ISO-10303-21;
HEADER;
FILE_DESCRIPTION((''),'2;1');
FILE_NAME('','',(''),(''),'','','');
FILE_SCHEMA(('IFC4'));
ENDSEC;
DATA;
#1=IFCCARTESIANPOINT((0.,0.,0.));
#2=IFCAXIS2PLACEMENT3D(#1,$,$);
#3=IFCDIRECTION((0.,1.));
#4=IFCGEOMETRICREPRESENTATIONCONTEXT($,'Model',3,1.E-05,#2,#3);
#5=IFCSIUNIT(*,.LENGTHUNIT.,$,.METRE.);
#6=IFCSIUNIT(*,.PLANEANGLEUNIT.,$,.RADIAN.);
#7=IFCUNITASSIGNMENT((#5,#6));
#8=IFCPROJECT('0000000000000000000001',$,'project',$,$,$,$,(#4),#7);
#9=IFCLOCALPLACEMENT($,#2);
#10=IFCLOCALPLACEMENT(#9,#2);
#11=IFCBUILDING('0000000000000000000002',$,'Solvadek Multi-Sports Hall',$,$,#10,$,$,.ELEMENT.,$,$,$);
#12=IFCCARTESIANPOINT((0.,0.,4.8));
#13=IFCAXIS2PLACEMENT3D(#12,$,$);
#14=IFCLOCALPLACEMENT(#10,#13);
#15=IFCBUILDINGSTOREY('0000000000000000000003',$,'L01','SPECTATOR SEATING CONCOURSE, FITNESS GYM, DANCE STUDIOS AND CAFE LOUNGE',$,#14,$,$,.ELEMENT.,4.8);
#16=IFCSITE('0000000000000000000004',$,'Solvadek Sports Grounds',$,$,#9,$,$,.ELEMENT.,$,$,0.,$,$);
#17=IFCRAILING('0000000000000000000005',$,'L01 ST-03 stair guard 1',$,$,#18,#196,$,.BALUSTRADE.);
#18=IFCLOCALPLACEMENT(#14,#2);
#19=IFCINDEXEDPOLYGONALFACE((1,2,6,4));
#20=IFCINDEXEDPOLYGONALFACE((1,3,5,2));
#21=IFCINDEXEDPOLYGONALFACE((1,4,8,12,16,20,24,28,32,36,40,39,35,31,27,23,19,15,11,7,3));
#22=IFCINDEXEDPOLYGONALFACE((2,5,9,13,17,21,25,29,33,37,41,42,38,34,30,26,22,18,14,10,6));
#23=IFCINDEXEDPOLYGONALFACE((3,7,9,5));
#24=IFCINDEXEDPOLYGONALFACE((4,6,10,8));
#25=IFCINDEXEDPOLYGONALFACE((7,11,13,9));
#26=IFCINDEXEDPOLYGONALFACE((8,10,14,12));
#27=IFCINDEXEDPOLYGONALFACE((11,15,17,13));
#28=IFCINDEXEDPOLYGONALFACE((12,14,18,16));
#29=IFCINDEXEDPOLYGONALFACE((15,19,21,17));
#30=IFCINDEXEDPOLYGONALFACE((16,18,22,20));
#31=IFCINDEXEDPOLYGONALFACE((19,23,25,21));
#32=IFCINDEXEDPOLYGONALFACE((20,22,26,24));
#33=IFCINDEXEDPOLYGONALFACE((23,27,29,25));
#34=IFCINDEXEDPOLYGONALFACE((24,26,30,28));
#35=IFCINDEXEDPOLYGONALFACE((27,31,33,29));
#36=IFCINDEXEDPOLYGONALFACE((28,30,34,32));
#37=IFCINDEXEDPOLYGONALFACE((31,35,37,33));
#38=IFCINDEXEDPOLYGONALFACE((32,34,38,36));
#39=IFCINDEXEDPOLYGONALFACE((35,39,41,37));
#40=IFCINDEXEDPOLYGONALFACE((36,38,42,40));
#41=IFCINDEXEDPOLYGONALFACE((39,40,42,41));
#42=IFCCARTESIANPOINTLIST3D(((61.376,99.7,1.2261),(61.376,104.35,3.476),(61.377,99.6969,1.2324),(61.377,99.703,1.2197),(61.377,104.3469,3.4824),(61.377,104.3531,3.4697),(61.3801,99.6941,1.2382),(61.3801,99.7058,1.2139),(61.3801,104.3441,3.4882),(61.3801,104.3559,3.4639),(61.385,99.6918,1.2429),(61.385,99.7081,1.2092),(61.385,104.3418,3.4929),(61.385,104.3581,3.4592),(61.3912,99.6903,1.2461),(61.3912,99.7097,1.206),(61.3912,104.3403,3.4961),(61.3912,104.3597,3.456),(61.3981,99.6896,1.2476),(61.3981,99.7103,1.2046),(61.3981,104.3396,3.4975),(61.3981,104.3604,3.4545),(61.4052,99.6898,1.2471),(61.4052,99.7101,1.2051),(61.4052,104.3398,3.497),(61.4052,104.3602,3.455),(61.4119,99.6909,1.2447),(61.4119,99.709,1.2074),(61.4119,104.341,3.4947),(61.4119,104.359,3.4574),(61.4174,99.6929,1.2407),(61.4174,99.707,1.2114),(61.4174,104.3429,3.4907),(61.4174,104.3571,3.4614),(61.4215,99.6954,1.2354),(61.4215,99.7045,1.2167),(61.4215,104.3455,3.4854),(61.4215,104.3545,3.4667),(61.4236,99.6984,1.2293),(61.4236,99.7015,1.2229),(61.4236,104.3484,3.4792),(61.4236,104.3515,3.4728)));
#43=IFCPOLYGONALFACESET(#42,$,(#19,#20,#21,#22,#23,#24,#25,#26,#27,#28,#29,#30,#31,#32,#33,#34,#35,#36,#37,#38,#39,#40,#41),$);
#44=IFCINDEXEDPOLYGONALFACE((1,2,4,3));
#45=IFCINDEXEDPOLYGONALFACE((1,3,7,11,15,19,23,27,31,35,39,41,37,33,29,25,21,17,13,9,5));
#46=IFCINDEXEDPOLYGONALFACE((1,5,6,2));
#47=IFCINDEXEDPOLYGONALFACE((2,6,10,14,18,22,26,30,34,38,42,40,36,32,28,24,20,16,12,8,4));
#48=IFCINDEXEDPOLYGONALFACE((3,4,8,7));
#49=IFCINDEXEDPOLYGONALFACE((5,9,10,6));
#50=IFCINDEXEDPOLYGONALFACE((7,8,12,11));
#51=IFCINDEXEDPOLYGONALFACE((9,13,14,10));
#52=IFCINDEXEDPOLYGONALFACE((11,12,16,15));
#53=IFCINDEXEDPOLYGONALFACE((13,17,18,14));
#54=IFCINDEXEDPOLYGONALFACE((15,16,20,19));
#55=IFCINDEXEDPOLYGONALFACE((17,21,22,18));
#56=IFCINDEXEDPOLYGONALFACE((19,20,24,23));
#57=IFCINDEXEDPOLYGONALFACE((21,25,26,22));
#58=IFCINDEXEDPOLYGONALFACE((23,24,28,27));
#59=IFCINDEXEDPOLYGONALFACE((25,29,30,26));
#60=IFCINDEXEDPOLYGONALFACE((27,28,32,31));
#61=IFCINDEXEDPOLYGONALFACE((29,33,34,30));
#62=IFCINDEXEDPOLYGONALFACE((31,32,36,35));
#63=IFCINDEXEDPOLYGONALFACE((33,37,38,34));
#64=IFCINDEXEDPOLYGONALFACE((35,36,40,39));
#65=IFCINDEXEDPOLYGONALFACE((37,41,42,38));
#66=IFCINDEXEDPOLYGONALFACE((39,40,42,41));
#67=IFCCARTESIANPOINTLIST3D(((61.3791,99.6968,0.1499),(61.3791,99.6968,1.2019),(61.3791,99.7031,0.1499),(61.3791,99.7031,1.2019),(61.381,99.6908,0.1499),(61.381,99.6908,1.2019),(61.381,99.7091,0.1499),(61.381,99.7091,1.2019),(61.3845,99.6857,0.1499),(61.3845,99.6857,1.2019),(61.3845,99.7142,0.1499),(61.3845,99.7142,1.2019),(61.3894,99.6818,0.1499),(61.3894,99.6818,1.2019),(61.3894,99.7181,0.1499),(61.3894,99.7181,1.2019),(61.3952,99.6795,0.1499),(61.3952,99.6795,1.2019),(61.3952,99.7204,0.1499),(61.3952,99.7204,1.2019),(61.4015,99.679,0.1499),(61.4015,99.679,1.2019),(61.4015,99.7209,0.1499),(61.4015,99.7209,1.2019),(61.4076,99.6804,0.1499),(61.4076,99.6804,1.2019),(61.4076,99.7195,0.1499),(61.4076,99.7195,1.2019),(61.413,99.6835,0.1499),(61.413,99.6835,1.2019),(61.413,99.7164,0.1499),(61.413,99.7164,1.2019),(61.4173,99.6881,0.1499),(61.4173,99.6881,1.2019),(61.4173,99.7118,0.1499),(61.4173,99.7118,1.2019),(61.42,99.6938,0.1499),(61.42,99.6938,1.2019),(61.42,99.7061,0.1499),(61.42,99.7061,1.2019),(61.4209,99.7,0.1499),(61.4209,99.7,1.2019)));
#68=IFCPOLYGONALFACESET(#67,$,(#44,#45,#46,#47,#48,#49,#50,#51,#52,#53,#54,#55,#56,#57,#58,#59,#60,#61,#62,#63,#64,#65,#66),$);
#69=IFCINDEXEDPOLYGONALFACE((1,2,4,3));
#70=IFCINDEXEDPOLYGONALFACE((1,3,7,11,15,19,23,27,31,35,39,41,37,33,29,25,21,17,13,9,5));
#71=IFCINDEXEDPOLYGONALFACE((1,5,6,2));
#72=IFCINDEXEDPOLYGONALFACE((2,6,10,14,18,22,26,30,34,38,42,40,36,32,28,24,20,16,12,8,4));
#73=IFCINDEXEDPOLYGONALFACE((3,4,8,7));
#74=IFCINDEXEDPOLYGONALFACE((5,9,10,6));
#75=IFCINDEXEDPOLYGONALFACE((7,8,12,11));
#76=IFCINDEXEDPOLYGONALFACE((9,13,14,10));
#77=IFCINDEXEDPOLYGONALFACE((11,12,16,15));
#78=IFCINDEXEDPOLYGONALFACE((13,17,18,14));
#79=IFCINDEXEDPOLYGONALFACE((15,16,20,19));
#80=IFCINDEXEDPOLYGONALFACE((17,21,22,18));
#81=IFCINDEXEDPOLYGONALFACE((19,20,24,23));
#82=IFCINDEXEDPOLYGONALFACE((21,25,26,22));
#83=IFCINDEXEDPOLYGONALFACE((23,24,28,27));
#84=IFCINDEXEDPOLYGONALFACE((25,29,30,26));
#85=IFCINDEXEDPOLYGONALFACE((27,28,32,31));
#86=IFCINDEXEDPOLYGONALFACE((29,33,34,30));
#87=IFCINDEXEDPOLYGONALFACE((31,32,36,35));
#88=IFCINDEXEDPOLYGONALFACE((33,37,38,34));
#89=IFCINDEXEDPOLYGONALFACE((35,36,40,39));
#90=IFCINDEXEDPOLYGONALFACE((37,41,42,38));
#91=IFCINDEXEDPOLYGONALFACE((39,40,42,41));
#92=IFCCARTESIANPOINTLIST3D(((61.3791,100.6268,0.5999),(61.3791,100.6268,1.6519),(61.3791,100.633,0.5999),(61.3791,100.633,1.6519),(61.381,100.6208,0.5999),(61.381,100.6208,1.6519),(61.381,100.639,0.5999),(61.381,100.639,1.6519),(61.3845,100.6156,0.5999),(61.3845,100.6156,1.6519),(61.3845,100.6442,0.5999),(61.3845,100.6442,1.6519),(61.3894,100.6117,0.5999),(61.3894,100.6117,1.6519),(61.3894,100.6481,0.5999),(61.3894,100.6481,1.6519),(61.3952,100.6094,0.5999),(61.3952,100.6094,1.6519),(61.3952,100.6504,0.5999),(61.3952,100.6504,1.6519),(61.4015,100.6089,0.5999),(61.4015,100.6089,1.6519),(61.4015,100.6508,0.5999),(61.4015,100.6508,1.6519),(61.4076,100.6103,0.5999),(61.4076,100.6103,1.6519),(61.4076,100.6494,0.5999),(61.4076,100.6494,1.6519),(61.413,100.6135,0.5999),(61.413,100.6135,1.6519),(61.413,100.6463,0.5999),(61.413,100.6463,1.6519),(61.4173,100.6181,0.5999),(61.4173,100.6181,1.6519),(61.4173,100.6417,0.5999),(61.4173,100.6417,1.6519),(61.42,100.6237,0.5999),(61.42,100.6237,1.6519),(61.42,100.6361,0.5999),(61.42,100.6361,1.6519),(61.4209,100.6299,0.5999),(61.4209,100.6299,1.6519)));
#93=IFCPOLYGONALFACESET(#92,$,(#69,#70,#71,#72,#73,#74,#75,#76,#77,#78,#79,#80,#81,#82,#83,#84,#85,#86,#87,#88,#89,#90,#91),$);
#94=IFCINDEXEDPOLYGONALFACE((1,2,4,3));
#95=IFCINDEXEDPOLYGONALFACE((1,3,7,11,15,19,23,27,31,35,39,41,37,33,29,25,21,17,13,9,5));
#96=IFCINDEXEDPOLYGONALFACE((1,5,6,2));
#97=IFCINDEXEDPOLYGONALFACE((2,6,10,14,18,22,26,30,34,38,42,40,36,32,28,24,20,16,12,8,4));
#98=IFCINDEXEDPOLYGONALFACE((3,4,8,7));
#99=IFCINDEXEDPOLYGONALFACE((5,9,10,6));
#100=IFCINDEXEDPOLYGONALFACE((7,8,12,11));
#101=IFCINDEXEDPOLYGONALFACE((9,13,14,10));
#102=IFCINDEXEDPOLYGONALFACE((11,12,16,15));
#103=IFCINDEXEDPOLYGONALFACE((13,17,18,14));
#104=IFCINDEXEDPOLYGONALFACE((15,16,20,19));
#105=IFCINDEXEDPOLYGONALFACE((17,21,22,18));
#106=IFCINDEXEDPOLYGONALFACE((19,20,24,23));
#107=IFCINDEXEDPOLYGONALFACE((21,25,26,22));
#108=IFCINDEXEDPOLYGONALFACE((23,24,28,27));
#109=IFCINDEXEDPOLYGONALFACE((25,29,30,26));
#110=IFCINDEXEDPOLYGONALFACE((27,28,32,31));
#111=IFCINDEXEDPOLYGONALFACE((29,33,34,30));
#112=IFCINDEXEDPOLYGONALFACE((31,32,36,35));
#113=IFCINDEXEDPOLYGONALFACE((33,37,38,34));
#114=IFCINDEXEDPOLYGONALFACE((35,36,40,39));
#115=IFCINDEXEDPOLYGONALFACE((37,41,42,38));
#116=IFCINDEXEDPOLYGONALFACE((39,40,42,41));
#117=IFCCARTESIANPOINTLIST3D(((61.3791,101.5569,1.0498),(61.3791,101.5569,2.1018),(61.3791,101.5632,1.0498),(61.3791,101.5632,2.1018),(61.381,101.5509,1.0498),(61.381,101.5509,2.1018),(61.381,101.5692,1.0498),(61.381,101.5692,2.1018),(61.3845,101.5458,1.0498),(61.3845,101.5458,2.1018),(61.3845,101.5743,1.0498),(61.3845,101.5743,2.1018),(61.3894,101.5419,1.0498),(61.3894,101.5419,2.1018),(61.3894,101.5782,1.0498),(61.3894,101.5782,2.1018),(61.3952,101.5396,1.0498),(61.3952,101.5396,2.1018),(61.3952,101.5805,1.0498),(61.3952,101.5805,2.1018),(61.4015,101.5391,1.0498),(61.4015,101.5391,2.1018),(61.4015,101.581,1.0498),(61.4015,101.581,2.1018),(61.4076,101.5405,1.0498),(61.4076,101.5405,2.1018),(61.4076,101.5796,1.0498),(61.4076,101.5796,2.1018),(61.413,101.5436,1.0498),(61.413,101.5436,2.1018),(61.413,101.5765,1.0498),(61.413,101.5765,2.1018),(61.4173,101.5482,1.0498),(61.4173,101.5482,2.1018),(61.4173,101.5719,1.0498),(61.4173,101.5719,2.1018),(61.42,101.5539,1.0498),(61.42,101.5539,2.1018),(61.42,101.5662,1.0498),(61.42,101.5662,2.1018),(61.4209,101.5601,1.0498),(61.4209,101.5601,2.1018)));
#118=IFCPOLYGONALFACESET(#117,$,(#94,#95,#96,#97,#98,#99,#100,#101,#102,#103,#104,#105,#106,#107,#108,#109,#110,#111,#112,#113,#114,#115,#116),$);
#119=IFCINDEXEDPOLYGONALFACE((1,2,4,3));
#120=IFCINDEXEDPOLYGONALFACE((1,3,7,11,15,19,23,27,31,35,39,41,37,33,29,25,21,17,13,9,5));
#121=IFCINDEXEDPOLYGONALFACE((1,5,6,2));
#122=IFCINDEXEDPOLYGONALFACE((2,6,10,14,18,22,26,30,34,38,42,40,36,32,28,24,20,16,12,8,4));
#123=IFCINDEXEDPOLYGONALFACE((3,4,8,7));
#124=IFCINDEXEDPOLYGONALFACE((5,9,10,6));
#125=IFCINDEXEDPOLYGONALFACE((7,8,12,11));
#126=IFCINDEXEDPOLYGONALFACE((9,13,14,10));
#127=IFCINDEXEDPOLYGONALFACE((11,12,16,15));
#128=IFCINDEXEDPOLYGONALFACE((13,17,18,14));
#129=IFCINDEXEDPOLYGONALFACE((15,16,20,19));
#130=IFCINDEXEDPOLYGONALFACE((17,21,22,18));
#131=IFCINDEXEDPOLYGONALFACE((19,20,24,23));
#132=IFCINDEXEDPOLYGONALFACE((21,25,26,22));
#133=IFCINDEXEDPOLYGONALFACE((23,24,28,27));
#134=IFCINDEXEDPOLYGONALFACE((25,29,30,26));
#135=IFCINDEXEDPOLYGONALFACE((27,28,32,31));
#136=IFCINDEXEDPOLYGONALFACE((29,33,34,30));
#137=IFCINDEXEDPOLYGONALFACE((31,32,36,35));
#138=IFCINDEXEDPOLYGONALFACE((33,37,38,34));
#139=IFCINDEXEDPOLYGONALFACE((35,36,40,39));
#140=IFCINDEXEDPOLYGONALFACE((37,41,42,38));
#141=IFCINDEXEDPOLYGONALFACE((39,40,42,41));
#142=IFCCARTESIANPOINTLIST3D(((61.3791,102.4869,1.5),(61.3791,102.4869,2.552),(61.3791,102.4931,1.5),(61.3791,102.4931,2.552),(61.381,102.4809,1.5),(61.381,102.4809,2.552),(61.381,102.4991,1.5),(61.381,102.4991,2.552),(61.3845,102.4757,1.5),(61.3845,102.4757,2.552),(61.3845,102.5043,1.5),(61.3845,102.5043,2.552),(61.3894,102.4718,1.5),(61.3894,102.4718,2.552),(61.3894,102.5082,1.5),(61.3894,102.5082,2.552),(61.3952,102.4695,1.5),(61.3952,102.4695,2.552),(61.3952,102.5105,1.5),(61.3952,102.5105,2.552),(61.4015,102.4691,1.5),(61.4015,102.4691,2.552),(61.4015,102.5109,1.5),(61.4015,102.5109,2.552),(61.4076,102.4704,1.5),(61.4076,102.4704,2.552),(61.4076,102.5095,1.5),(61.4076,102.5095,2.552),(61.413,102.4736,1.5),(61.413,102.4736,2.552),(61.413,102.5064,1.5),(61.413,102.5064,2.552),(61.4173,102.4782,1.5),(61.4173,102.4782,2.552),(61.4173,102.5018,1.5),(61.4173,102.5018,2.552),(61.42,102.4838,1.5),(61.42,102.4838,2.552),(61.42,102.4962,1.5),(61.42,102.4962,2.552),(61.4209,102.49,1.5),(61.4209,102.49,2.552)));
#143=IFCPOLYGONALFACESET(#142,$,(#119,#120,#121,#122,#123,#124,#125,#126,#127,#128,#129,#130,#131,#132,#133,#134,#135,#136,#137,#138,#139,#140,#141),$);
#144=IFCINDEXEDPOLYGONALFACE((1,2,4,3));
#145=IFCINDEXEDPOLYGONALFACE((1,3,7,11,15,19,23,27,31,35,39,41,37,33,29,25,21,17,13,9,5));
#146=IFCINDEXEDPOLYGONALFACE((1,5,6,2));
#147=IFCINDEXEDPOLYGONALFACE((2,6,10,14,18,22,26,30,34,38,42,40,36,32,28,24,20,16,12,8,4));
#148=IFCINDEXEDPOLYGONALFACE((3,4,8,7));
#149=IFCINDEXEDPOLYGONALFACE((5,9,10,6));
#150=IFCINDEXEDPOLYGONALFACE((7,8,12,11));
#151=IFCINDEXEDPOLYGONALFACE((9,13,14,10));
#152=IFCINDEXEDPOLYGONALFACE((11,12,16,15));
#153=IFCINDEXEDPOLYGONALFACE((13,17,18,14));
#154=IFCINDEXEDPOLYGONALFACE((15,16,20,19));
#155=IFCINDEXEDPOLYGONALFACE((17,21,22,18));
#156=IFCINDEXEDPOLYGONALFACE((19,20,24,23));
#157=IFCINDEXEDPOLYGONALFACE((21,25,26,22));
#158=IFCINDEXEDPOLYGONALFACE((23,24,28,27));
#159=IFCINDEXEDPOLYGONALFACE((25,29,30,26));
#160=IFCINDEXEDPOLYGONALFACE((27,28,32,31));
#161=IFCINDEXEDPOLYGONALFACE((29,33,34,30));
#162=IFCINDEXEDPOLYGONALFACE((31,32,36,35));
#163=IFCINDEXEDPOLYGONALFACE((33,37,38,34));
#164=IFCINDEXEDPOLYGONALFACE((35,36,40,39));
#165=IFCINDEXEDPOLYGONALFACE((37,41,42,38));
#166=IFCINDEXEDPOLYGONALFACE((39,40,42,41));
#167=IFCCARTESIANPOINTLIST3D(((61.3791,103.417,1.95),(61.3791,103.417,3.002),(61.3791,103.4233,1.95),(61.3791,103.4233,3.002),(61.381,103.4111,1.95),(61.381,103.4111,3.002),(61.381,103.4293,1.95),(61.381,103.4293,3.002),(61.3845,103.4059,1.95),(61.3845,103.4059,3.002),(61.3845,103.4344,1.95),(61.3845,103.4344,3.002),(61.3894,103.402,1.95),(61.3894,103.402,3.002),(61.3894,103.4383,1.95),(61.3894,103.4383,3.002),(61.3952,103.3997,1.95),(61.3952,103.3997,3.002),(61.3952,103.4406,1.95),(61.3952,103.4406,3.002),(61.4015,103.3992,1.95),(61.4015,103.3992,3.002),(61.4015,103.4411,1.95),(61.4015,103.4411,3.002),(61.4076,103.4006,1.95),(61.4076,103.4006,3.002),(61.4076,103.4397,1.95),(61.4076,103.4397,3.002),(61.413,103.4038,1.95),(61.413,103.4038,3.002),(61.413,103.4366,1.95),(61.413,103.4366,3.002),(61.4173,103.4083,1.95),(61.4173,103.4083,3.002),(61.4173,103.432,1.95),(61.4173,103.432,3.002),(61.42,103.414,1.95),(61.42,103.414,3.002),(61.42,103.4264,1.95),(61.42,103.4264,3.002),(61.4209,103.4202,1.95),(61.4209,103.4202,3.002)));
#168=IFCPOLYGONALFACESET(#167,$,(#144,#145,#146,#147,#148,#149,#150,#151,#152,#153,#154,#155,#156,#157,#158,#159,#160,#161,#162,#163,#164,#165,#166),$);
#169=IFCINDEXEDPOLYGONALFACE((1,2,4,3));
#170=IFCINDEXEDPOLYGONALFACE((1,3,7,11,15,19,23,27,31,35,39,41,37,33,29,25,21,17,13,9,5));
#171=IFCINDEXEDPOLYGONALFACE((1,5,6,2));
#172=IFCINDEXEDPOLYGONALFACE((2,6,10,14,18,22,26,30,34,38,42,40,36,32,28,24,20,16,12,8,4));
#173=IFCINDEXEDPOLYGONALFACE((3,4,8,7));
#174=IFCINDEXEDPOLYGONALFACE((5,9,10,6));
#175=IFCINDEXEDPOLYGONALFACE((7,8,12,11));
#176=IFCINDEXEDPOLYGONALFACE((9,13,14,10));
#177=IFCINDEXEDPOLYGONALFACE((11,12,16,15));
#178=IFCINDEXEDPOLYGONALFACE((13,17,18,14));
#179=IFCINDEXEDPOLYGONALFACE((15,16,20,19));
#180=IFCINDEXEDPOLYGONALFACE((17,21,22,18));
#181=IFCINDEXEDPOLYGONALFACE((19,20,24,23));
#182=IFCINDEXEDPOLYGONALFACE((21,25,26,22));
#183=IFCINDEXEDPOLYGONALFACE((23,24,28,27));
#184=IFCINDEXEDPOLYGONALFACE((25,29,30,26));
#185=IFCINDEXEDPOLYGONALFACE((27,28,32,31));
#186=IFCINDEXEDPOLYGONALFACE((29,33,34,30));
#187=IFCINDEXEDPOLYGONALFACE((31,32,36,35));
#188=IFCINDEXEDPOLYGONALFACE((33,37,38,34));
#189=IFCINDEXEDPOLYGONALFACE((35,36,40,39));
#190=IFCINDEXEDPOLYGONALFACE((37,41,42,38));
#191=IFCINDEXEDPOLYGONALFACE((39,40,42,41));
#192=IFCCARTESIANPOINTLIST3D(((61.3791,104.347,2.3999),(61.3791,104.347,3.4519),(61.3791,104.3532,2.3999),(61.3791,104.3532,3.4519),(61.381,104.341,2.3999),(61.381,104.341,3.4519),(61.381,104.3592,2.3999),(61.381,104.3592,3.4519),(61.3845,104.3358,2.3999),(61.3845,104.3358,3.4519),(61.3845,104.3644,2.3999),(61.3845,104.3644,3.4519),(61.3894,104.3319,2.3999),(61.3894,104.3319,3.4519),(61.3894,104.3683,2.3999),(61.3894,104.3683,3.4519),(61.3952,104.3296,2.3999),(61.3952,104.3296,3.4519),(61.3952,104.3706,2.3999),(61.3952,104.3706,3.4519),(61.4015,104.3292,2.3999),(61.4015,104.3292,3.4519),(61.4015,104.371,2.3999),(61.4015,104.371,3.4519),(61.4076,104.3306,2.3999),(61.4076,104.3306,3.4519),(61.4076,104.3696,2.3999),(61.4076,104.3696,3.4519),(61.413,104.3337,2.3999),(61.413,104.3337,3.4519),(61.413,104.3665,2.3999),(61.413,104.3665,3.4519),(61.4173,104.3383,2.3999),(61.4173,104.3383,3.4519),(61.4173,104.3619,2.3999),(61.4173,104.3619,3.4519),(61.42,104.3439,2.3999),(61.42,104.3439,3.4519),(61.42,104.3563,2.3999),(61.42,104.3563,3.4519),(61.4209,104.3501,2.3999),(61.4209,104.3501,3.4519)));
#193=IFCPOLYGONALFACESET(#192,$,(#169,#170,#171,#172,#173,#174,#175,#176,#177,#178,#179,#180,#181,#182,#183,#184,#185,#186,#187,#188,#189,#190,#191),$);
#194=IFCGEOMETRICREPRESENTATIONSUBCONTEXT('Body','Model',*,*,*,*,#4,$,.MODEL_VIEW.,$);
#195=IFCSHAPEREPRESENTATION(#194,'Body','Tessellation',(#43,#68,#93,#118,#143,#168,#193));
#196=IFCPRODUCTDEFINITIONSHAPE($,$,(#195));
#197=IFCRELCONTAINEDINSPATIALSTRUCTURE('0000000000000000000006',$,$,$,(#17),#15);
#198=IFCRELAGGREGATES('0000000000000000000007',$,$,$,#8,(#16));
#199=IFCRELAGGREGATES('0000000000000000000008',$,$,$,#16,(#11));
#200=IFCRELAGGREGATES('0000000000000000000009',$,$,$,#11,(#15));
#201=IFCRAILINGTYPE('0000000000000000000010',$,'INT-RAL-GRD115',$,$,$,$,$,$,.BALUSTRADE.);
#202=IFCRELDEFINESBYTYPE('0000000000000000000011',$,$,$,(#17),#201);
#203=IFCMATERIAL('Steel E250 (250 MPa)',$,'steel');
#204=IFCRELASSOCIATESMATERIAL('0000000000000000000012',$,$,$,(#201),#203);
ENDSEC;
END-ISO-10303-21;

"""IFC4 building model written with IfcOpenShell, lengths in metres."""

from ifc_helpers import new_model, si_unit, direction, frame, origin, origin_2d, place, context, subcontext, project, spatial, circle, extrude, material, type_object, element, save


model = new_model("IFC4")

# Units and contexts
model_context = context("Model", 3, precision=1e-05, world=origin(), true_north=direction((0.0, 1.0)))
body_context = subcontext(model_context, "Body", "Model", "MODEL_VIEW")
ifc_project = project(units=[si_unit("LENGTHUNIT", "METRE"), si_unit("PLANEANGLEUNIT", "RADIAN")], contexts=[model_context])

# Site, building, storey
site_placement = place(None, origin())
site = spatial("IfcSite", under=ifc_project, at=site_placement, Name="Solvadek Sports Grounds", CompositionType="ELEMENT", RefElevation=0.0)
building_placement = place(site_placement, origin())
building = spatial("IfcBuilding", under=site, at=building_placement, Name="Solvadek Multi-Sports Hall", CompositionType="ELEMENT")
storey_placement = place(building_placement, frame((0.0, 0.0, 4.8)))
storey = spatial("IfcBuildingStorey", under=building, at=storey_placement, Name="L01", Description="SPECTATOR SEATING CONCOURSE, FITNESS GYM, DANCE STUDIOS AND CAFE LOUNGE", CompositionType="ELEMENT", Elevation=4.8)

# Shared definitions
ifc_material_1 = material(Name="Steel E250 (250 MPa)", Category="steel")

# Railing
railing_type_1 = type_object("IfcRailingType", Name="INT-RAL-GRD115", PredefinedType="BALUSTRADE", material=ifc_material_1)
railing_1_placement = place(storey_placement, frame((61.3999, 99.7, 0.1499)))
element("IfcRailing", 1, at=railing_1_placement, inside=storey, type_object=railing_type_1, Name="L01 ST-03 stair guard 1", PredefinedType="BALUSTRADE", context=body_context, shape_type="SweptSolid", body=[
    extrude(circle(Radius=0.0239, at=origin_2d()), frame((0.0, 0.0, 1.0762), z_axis=(0.0, 0.900165, 0.43555), x_axis=(-1.0, 0.0, 0.0)), (0.0, 0.0, 1.0), 5.1658),
    extrude(circle(Radius=0.021, at=origin_2d()), origin(), (0.0, 0.0, 1.0), 1.052),
    extrude(circle(Radius=0.021, at=origin_2d()), frame((0.0, 0.9299, 0.45)), (0.0, 0.0, 1.0), 1.052),
    extrude(circle(Radius=0.021, at=origin_2d()), frame((0.0, 1.8601, 0.8999)), (0.0, 0.0, 1.0), 1.052),
    extrude(circle(Radius=0.021, at=origin_2d()), frame((0.0, 2.79, 1.3501)), (0.0, 0.0, 1.0), 1.052),
    extrude(circle(Radius=0.021, at=origin_2d()), frame((0.0, 3.7202, 1.8)), (0.0, 0.0, 1.0), 1.052),
    extrude(circle(Radius=0.021, at=origin_2d()), frame((0.0, 4.6501, 2.25)), (0.0, 0.0, 1.0), 1.052),
])

save(model, "model.ifc")
